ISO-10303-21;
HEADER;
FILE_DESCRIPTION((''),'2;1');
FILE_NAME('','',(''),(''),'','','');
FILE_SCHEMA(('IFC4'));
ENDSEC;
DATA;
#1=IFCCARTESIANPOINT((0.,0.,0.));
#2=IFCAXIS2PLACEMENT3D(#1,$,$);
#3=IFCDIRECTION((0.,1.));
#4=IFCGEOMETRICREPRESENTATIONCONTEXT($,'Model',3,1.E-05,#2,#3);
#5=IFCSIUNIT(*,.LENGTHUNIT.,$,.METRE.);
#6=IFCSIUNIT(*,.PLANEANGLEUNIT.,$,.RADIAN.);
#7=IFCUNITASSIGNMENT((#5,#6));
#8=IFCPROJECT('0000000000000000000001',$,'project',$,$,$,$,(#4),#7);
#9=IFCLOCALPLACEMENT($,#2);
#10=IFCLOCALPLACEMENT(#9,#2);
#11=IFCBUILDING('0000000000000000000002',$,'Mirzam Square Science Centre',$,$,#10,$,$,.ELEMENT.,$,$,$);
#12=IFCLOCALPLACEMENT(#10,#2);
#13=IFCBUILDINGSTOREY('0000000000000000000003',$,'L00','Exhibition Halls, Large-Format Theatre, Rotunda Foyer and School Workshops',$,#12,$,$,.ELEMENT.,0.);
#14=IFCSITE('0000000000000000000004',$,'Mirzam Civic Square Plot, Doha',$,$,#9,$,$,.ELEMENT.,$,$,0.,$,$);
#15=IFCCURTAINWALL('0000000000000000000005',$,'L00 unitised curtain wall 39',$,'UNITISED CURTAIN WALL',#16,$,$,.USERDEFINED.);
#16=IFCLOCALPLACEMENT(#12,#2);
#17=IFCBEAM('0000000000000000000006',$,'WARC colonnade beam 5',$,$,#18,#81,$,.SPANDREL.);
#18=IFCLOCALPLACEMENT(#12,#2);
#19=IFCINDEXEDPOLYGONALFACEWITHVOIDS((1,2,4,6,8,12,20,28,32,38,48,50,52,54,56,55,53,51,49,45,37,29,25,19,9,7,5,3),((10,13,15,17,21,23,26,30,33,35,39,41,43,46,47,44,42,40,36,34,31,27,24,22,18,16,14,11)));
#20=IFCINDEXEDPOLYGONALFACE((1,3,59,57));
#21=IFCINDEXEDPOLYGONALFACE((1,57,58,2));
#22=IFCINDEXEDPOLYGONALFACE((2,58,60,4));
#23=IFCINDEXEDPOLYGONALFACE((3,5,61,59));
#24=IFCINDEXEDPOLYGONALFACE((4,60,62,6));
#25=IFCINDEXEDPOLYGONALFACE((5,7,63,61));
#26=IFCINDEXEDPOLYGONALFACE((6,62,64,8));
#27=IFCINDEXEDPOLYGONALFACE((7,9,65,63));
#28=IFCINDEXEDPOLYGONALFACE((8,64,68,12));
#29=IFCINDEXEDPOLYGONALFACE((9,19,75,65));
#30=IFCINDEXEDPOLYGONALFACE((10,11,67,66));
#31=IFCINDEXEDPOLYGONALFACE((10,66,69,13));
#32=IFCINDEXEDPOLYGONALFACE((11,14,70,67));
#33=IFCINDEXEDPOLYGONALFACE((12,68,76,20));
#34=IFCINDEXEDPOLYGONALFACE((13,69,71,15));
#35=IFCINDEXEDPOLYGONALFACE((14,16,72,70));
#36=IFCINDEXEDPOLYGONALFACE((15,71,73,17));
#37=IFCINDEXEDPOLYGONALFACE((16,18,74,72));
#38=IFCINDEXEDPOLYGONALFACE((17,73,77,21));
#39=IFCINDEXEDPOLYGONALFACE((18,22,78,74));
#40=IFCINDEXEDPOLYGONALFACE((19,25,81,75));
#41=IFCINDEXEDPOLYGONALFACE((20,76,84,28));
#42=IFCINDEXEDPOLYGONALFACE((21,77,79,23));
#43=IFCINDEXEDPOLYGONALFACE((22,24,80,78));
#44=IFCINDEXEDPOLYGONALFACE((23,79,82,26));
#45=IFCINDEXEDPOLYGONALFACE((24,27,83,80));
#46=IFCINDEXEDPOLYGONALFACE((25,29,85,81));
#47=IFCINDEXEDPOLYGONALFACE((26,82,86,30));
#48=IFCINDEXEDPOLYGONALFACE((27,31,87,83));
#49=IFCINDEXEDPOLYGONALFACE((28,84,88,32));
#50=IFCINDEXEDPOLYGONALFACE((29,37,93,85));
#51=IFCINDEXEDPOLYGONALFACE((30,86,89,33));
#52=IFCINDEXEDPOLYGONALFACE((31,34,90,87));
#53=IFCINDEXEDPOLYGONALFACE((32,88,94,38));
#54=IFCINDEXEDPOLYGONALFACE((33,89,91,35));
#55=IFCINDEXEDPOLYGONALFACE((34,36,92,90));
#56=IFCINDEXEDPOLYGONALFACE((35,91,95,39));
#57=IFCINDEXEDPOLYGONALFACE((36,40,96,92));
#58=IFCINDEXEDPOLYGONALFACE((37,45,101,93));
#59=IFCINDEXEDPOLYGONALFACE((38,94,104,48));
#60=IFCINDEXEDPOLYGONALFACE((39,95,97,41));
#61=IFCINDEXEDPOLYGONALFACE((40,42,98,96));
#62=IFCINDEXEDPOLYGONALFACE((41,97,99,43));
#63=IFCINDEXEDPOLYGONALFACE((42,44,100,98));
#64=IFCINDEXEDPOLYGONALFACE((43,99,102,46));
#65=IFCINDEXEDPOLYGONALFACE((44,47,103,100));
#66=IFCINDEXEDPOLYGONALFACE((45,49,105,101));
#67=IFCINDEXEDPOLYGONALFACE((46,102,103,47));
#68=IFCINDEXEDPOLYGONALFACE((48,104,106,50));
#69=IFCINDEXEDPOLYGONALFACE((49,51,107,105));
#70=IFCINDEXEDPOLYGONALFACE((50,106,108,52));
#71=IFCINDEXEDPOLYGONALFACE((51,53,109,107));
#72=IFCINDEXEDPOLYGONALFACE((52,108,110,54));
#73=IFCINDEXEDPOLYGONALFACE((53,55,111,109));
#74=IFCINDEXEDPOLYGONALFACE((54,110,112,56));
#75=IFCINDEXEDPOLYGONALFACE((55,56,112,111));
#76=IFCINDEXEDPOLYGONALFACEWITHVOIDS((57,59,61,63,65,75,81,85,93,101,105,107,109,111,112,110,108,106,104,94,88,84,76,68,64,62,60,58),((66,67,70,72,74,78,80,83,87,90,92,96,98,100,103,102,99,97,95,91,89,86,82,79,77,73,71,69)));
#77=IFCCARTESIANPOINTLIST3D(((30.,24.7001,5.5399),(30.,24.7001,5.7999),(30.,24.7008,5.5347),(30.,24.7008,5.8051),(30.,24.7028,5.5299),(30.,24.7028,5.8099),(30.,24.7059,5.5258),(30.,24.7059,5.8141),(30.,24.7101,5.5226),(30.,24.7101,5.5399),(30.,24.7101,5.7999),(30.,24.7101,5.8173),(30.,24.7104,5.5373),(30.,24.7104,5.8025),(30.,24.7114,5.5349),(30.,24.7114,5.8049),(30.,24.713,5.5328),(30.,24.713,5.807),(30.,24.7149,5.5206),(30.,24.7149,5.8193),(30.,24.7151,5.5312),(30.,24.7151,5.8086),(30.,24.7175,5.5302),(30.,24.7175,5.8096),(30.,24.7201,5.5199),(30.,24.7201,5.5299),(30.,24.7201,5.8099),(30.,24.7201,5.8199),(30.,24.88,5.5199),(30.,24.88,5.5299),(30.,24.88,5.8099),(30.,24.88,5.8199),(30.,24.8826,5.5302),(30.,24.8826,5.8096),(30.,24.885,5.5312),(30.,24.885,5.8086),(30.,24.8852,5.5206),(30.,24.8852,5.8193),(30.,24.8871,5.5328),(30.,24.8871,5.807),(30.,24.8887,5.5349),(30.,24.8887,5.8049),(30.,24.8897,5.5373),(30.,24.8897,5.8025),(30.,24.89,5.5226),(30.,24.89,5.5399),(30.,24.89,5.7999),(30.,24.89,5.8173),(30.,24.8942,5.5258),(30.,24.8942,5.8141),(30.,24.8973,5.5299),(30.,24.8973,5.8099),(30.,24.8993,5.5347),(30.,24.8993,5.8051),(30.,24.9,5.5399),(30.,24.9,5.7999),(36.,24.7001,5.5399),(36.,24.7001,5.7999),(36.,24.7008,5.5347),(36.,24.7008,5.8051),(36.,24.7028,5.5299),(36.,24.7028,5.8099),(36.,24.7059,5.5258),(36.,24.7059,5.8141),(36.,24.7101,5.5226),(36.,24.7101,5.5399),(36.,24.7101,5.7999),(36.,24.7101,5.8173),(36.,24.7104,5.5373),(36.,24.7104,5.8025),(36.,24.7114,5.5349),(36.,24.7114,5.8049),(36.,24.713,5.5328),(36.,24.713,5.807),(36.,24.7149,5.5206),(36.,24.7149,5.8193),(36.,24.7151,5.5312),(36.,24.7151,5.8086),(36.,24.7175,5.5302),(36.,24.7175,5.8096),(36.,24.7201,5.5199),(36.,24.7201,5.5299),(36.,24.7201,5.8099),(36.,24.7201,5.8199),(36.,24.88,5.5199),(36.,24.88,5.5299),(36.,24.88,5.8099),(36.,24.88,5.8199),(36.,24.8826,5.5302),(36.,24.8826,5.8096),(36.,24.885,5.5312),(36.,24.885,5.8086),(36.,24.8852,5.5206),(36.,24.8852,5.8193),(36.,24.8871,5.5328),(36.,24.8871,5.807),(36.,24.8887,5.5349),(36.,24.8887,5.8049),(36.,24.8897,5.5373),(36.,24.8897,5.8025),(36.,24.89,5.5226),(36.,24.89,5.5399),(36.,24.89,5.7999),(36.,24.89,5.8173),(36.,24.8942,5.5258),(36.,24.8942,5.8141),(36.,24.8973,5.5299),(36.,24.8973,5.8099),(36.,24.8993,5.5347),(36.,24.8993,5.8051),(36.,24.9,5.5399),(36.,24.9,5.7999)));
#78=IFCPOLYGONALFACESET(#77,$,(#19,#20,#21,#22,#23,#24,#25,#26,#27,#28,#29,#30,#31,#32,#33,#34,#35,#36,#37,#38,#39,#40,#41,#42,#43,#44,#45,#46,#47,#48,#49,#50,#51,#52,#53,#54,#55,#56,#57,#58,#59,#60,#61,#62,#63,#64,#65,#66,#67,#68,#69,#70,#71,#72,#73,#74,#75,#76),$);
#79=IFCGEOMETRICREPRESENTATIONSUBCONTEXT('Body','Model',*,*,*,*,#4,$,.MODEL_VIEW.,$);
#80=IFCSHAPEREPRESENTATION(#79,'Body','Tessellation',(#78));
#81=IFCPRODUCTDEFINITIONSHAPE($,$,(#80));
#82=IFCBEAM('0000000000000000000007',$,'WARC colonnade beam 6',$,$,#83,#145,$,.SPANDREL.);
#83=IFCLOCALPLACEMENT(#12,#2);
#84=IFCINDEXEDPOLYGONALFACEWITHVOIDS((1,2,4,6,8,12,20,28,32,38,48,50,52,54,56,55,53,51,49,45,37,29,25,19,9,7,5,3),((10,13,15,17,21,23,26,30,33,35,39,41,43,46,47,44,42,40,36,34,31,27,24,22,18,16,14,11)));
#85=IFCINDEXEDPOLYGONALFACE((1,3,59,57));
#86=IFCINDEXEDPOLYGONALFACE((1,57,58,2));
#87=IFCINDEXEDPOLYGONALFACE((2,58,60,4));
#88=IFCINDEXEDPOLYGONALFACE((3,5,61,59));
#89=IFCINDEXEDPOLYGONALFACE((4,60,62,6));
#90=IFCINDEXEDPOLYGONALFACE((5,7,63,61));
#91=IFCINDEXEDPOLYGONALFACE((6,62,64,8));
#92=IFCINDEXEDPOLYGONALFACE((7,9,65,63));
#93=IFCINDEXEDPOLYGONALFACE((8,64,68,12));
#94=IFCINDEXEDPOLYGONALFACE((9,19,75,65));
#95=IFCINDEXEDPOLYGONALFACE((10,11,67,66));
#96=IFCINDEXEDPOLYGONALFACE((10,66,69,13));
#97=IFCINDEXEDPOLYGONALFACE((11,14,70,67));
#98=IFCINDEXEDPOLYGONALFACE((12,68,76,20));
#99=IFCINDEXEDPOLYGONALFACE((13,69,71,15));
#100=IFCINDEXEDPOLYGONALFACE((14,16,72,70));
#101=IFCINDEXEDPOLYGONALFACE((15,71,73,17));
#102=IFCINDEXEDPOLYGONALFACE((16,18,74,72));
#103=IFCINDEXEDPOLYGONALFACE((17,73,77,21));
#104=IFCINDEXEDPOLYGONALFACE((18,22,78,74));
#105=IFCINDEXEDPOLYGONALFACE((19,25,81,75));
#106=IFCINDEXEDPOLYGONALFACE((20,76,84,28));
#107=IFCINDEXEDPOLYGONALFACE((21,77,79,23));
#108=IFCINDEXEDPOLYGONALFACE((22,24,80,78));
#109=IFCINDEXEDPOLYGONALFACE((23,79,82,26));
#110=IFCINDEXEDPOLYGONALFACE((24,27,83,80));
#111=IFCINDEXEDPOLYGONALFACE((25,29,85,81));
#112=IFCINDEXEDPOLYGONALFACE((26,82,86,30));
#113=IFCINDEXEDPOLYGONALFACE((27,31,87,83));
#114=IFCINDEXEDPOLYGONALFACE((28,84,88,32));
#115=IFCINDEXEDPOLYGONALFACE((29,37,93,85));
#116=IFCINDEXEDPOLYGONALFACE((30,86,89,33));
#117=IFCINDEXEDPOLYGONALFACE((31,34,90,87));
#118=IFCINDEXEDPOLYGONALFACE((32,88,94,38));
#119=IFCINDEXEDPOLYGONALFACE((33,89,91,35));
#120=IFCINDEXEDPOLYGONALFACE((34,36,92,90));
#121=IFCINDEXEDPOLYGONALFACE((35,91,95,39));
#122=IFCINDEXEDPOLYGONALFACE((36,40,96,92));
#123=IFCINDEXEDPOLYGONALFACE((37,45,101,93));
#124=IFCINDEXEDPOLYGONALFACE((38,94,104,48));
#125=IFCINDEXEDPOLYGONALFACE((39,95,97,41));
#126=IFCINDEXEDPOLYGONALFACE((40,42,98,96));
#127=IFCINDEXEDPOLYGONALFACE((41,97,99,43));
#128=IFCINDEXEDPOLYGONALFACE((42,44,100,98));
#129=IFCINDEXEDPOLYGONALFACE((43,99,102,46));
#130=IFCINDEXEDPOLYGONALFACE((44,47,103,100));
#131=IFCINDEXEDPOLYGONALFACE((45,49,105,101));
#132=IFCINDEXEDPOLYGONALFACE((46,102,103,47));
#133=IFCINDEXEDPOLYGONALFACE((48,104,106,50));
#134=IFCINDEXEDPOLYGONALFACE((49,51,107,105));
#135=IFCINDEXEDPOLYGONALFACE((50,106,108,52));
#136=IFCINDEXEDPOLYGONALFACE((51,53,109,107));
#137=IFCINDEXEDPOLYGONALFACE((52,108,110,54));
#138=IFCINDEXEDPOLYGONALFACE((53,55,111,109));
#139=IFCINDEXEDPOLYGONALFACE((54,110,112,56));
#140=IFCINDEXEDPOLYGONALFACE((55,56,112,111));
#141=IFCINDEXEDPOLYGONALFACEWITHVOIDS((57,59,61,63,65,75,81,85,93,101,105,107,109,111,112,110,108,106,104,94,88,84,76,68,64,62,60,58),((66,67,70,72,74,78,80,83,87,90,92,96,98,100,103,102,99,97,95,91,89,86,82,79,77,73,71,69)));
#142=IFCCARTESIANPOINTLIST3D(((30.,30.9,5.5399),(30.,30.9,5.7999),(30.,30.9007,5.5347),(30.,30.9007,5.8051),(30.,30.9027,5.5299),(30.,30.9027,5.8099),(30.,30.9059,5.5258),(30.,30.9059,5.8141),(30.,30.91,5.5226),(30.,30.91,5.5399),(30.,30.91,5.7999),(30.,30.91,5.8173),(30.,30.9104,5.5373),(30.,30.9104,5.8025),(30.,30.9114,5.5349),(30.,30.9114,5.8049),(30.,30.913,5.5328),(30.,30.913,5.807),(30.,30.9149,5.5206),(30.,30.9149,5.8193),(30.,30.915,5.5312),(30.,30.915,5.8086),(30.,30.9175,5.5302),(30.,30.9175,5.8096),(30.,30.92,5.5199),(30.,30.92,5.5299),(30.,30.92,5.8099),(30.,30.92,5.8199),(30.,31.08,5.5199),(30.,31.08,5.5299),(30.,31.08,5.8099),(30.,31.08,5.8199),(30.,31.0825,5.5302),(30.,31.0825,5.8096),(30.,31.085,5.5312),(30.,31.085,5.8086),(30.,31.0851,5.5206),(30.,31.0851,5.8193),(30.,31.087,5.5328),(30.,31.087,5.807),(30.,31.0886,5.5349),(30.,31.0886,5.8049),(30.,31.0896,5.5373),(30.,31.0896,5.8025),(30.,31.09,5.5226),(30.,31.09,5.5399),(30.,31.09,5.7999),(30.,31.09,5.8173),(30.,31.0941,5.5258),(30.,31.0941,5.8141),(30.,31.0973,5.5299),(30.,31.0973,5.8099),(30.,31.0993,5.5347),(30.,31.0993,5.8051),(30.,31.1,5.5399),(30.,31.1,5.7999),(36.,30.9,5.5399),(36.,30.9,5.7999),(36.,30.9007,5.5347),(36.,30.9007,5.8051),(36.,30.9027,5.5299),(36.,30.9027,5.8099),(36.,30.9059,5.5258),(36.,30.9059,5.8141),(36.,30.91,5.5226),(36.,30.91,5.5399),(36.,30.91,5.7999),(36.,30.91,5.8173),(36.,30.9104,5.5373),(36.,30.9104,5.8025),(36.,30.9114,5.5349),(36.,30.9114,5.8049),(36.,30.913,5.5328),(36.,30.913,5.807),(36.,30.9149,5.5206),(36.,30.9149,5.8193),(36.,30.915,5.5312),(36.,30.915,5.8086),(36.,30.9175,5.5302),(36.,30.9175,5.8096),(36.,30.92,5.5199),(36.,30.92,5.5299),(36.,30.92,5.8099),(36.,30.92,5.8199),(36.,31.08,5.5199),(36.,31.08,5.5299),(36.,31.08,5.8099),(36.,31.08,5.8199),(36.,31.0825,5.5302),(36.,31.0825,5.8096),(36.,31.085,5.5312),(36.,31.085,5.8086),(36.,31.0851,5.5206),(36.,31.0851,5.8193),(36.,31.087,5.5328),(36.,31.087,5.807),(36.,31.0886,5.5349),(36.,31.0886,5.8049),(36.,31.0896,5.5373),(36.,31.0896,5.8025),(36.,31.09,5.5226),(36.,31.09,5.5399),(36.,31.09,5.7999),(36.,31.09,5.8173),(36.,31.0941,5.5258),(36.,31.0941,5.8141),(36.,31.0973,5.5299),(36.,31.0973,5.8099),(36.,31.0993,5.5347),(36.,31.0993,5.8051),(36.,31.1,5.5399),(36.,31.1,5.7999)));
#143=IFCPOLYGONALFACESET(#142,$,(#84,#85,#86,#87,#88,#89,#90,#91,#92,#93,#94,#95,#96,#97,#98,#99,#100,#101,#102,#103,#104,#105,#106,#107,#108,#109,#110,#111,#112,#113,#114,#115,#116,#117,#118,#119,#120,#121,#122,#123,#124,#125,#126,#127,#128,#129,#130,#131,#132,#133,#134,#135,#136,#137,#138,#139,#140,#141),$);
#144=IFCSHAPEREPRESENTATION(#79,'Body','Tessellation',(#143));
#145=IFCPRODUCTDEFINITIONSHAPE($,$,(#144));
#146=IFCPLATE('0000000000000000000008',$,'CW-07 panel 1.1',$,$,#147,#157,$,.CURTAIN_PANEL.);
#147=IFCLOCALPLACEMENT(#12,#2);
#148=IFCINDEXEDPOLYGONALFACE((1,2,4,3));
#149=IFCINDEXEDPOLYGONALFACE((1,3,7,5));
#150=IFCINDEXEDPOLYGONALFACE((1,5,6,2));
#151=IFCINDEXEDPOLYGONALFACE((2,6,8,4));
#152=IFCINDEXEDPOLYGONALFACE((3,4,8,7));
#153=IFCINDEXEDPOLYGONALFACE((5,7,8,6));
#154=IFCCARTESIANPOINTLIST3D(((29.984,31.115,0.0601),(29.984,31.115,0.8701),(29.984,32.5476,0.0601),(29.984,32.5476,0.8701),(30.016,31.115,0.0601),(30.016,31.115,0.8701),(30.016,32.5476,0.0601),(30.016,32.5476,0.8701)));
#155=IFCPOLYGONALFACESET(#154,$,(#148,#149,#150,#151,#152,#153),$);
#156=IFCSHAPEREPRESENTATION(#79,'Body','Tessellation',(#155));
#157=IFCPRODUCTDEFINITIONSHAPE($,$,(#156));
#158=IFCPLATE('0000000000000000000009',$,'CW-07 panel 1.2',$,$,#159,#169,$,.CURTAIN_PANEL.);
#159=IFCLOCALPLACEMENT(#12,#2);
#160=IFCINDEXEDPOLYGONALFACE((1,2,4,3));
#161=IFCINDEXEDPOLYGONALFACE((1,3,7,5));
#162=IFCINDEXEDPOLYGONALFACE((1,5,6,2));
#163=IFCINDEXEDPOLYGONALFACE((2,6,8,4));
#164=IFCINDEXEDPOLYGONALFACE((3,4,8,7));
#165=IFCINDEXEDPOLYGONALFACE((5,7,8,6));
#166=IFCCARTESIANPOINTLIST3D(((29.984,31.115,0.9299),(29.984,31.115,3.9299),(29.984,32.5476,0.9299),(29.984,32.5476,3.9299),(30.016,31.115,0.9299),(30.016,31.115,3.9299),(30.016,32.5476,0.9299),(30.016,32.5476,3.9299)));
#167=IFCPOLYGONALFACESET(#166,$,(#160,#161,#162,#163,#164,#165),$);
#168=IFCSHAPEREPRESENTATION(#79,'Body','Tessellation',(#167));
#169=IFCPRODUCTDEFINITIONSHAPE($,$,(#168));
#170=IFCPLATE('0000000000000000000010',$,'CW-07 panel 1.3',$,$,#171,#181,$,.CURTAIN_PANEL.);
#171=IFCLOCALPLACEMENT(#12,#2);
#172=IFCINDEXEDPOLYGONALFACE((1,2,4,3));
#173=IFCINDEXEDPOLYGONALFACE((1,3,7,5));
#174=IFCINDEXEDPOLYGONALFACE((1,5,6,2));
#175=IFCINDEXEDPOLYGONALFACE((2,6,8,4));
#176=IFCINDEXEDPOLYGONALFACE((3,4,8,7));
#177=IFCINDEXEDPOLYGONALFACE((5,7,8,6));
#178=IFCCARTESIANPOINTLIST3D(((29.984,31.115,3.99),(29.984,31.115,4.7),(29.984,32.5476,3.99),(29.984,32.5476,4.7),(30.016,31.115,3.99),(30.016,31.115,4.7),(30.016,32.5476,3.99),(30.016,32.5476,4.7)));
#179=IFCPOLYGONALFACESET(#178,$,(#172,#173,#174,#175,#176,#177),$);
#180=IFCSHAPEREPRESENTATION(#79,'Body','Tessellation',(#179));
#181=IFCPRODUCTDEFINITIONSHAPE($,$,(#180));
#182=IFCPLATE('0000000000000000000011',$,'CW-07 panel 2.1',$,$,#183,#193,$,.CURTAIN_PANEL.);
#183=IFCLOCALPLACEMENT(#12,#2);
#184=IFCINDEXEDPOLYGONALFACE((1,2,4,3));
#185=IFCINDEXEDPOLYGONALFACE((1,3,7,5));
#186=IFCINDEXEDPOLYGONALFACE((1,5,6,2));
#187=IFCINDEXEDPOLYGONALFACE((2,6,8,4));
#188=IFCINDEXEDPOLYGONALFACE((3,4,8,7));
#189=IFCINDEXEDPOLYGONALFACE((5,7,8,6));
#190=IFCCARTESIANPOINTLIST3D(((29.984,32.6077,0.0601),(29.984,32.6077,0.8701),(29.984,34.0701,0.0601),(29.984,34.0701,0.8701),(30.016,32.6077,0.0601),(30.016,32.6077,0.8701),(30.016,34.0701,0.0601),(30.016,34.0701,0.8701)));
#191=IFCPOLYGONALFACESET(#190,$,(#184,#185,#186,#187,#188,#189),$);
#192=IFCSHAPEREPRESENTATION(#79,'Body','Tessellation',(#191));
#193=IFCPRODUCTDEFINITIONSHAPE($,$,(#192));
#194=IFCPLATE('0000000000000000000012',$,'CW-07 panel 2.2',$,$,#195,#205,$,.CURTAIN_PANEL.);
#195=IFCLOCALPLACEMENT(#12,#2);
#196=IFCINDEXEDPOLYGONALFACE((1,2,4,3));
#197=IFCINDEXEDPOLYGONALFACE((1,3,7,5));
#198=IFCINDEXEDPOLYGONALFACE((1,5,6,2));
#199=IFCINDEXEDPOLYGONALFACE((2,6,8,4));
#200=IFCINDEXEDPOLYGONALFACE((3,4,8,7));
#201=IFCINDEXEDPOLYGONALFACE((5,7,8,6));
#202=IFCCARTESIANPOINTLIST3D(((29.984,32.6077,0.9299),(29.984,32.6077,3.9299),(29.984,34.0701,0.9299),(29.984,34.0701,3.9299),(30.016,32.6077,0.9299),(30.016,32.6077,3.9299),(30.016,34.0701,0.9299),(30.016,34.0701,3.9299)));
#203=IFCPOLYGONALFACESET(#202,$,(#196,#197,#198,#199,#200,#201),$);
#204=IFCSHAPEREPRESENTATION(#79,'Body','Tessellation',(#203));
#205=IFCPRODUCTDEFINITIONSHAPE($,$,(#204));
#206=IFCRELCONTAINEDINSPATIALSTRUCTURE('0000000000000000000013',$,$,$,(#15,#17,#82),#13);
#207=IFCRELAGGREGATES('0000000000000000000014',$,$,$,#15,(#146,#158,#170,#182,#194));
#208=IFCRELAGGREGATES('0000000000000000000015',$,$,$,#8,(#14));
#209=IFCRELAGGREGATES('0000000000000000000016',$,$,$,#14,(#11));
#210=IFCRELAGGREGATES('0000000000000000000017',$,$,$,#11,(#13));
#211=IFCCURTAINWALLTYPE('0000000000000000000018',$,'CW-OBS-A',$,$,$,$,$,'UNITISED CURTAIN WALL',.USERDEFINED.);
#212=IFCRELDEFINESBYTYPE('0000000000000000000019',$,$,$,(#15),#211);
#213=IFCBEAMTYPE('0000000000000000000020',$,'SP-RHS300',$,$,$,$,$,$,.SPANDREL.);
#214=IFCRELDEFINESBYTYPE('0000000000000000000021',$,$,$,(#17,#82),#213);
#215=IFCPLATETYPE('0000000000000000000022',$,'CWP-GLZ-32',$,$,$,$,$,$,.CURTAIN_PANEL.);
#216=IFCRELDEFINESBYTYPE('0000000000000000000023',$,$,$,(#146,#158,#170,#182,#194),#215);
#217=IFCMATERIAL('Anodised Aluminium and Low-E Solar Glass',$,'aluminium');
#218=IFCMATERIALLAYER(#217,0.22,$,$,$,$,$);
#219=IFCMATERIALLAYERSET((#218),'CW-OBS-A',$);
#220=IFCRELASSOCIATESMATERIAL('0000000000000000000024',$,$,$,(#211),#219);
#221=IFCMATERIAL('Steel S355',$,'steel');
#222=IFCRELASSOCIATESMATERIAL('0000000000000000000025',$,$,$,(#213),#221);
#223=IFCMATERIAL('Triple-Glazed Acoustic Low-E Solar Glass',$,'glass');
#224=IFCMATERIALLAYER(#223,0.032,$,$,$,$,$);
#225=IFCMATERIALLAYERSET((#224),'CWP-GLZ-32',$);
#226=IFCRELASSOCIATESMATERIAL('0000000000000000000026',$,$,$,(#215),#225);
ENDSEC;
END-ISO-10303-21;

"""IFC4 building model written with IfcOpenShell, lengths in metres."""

from ifc_helpers import new_model, si_unit, direction, frame, origin, origin_2d, place, context, subcontext, project, spatial, rectangle, hollow_rectangle, extrude, material, layer, layer_set, material_profile, profile_set, type_object, element, aggregate, save


model = new_model("IFC4")

# Units and contexts
model_context = context("Model", 3, precision=1e-05, world=origin(), true_north=direction((0.0, 1.0)))
body_context = subcontext(model_context, "Body", "Model", "MODEL_VIEW")
ifc_project = project(units=[si_unit("LENGTHUNIT", "METRE"), si_unit("PLANEANGLEUNIT", "RADIAN")], contexts=[model_context])

# Site, building, storey
site_placement = place(None, origin())
site = spatial("IfcSite", under=ifc_project, at=site_placement, Name="Mirzam Civic Square Plot, Doha", CompositionType="ELEMENT", RefElevation=0.0)
building_placement = place(site_placement, origin())
building = spatial("IfcBuilding", under=site, at=building_placement, Name="Mirzam Square Science Centre", CompositionType="ELEMENT")
storey_placement = place(building_placement, origin())
storey = spatial("IfcBuildingStorey", under=building, at=storey_placement, Name="L00", Description="Exhibition Halls, Large-Format Theatre, Rotunda Foyer and School Workshops", CompositionType="ELEMENT", Elevation=0.0)

# Curtain wall
ifc_material_1 = material(Name="Anodised Aluminium and Low-E Solar Glass", Category="aluminium")
ifc_layer_1 = layer(ifc_material_1, 0.22)
ifc_layer_set_1 = layer_set([ifc_layer_1], Name="CW-OBS-A")
curtain_wall_type = type_object("IfcCurtainWallType", Name="CW-OBS-A", ElementType="UNITISED CURTAIN WALL", PredefinedType="USERDEFINED", material=ifc_layer_set_1)
curtain_wall_placement = place(storey_placement, origin())
curtain_wall = element("IfcCurtainWall", 1, at=curtain_wall_placement, inside=storey, type_object=curtain_wall_type, Name="L00 unitised curtain wall 39", ObjectType="UNITISED CURTAIN WALL", PredefinedType="USERDEFINED")

# Beams
ifc_material_2 = material(Name="Steel S355", Category="steel")
ifc_material_profile_1 = material_profile(ifc_material_2, hollow_rectangle(XDim=0.2, YDim=0.3, WallThickness=0.01, InnerFilletRadius=0.01, OuterFilletRadius=0.02, at=origin_2d()), Name="300x200x10.0RHS")
ifc_profile_set_1 = profile_set([ifc_material_profile_1], Name="Steel S355")
beam_type = type_object("IfcBeamType", Name="SP-RHS300", PredefinedType="SPANDREL", material=ifc_profile_set_1)
for number, where, z_axis, x_axis, name in (
    (2, (30.0, 24.8, 5.6699), (1.0, 0.0, 0.0), (0.0, 1.0, 0.0), "WARC colonnade beam 5"),
    (3, (30.0, 31.0, 5.6699), (1.0, 0.0, 0.0), (0.0, 1.0, 0.0), "WARC colonnade beam 6"),
):
    element("IfcBeam", number, at=place(storey_placement, frame(where, z_axis=z_axis, x_axis=x_axis)), inside=storey, type_object=beam_type, Name=name, PredefinedType="SPANDREL", context=body_context, shape_type="SweptSolid", body=[
        extrude(hollow_rectangle(XDim=0.2, YDim=0.3, WallThickness=0.01, InnerFilletRadius=0.01, OuterFilletRadius=0.02, at=origin_2d()), origin(), (0.0, 0.0, 1.0), 6.0),
    ])

# Plates
ifc_material_3 = material(Name="Triple-Glazed Acoustic Low-E Solar Glass", Category="glass")
ifc_layer_2 = layer(ifc_material_3, 0.032)
ifc_layer_set_2 = layer_set([ifc_layer_2], Name="CWP-GLZ-32")
plate_type = type_object("IfcPlateType", Name="CWP-GLZ-32", PredefinedType="CURTAIN_PANEL", material=ifc_layer_set_2)
plate_1_placement = place(storey_placement, frame((30.0, 31.8313, 0.0601), z_axis=(0.0, 0.0, 1.0), x_axis=(0.0, 1.0, 0.0)))
plate_1 = element("IfcPlate", 4, at=plate_1_placement, type_object=plate_type, Name="CW-07 panel 1.1", PredefinedType="CURTAIN_PANEL", context=body_context, shape_type="SweptSolid", body=[
    extrude(rectangle(XDim=1.4326, YDim=0.032, at=origin_2d()), origin(), (0.0, 0.0, 1.0), 0.8101),
])
plate_2_placement = place(storey_placement, frame((30.0, 31.8313, 0.9299), z_axis=(0.0, 0.0, 1.0), x_axis=(0.0, 1.0, 0.0)))
plate_2 = element("IfcPlate", 5, at=plate_2_placement, type_object=plate_type, Name="CW-07 panel 1.2", PredefinedType="CURTAIN_PANEL", context=body_context, shape_type="SweptSolid", body=[
    extrude(rectangle(XDim=1.4326, YDim=0.032, at=origin_2d()), origin(), (0.0, 0.0, 1.0), 3.0),
])
plate_3_placement = place(storey_placement, frame((30.0, 31.8313, 3.99), z_axis=(0.0, 0.0, 1.0), x_axis=(0.0, 1.0, 0.0)))
plate_3 = element("IfcPlate", 6, at=plate_3_placement, type_object=plate_type, Name="CW-07 panel 1.3", PredefinedType="CURTAIN_PANEL", context=body_context, shape_type="SweptSolid", body=[
    extrude(rectangle(XDim=1.4326, YDim=0.032, at=origin_2d()), origin(), (0.0, 0.0, 1.0), 0.71),
])
plate_4_placement = place(storey_placement, frame((30.0, 33.3389, 0.0601), z_axis=(0.0, 0.0, 1.0), x_axis=(0.0, 1.0, 0.0)))
plate_4 = element("IfcPlate", 7, at=plate_4_placement, type_object=plate_type, Name="CW-07 panel 2.1", PredefinedType="CURTAIN_PANEL", context=body_context, shape_type="SweptSolid", body=[
    extrude(rectangle(XDim=1.4624, YDim=0.032, at=origin_2d()), origin(), (0.0, 0.0, 1.0), 0.8101),
])
plate_5_placement = place(storey_placement, frame((30.0, 33.3389, 0.9299), z_axis=(0.0, 0.0, 1.0), x_axis=(0.0, 1.0, 0.0)))
plate_5 = element("IfcPlate", 8, at=plate_5_placement, type_object=plate_type, Name="CW-07 panel 2.2", PredefinedType="CURTAIN_PANEL", context=body_context, shape_type="SweptSolid", body=[
    extrude(rectangle(XDim=1.4624, YDim=0.032, at=origin_2d()), origin(), (0.0, 0.0, 1.0), 3.0),
])
aggregate(curtain_wall, [plate_1, plate_2, plate_3, plate_4, plate_5])

save(model, "model.ifc")
